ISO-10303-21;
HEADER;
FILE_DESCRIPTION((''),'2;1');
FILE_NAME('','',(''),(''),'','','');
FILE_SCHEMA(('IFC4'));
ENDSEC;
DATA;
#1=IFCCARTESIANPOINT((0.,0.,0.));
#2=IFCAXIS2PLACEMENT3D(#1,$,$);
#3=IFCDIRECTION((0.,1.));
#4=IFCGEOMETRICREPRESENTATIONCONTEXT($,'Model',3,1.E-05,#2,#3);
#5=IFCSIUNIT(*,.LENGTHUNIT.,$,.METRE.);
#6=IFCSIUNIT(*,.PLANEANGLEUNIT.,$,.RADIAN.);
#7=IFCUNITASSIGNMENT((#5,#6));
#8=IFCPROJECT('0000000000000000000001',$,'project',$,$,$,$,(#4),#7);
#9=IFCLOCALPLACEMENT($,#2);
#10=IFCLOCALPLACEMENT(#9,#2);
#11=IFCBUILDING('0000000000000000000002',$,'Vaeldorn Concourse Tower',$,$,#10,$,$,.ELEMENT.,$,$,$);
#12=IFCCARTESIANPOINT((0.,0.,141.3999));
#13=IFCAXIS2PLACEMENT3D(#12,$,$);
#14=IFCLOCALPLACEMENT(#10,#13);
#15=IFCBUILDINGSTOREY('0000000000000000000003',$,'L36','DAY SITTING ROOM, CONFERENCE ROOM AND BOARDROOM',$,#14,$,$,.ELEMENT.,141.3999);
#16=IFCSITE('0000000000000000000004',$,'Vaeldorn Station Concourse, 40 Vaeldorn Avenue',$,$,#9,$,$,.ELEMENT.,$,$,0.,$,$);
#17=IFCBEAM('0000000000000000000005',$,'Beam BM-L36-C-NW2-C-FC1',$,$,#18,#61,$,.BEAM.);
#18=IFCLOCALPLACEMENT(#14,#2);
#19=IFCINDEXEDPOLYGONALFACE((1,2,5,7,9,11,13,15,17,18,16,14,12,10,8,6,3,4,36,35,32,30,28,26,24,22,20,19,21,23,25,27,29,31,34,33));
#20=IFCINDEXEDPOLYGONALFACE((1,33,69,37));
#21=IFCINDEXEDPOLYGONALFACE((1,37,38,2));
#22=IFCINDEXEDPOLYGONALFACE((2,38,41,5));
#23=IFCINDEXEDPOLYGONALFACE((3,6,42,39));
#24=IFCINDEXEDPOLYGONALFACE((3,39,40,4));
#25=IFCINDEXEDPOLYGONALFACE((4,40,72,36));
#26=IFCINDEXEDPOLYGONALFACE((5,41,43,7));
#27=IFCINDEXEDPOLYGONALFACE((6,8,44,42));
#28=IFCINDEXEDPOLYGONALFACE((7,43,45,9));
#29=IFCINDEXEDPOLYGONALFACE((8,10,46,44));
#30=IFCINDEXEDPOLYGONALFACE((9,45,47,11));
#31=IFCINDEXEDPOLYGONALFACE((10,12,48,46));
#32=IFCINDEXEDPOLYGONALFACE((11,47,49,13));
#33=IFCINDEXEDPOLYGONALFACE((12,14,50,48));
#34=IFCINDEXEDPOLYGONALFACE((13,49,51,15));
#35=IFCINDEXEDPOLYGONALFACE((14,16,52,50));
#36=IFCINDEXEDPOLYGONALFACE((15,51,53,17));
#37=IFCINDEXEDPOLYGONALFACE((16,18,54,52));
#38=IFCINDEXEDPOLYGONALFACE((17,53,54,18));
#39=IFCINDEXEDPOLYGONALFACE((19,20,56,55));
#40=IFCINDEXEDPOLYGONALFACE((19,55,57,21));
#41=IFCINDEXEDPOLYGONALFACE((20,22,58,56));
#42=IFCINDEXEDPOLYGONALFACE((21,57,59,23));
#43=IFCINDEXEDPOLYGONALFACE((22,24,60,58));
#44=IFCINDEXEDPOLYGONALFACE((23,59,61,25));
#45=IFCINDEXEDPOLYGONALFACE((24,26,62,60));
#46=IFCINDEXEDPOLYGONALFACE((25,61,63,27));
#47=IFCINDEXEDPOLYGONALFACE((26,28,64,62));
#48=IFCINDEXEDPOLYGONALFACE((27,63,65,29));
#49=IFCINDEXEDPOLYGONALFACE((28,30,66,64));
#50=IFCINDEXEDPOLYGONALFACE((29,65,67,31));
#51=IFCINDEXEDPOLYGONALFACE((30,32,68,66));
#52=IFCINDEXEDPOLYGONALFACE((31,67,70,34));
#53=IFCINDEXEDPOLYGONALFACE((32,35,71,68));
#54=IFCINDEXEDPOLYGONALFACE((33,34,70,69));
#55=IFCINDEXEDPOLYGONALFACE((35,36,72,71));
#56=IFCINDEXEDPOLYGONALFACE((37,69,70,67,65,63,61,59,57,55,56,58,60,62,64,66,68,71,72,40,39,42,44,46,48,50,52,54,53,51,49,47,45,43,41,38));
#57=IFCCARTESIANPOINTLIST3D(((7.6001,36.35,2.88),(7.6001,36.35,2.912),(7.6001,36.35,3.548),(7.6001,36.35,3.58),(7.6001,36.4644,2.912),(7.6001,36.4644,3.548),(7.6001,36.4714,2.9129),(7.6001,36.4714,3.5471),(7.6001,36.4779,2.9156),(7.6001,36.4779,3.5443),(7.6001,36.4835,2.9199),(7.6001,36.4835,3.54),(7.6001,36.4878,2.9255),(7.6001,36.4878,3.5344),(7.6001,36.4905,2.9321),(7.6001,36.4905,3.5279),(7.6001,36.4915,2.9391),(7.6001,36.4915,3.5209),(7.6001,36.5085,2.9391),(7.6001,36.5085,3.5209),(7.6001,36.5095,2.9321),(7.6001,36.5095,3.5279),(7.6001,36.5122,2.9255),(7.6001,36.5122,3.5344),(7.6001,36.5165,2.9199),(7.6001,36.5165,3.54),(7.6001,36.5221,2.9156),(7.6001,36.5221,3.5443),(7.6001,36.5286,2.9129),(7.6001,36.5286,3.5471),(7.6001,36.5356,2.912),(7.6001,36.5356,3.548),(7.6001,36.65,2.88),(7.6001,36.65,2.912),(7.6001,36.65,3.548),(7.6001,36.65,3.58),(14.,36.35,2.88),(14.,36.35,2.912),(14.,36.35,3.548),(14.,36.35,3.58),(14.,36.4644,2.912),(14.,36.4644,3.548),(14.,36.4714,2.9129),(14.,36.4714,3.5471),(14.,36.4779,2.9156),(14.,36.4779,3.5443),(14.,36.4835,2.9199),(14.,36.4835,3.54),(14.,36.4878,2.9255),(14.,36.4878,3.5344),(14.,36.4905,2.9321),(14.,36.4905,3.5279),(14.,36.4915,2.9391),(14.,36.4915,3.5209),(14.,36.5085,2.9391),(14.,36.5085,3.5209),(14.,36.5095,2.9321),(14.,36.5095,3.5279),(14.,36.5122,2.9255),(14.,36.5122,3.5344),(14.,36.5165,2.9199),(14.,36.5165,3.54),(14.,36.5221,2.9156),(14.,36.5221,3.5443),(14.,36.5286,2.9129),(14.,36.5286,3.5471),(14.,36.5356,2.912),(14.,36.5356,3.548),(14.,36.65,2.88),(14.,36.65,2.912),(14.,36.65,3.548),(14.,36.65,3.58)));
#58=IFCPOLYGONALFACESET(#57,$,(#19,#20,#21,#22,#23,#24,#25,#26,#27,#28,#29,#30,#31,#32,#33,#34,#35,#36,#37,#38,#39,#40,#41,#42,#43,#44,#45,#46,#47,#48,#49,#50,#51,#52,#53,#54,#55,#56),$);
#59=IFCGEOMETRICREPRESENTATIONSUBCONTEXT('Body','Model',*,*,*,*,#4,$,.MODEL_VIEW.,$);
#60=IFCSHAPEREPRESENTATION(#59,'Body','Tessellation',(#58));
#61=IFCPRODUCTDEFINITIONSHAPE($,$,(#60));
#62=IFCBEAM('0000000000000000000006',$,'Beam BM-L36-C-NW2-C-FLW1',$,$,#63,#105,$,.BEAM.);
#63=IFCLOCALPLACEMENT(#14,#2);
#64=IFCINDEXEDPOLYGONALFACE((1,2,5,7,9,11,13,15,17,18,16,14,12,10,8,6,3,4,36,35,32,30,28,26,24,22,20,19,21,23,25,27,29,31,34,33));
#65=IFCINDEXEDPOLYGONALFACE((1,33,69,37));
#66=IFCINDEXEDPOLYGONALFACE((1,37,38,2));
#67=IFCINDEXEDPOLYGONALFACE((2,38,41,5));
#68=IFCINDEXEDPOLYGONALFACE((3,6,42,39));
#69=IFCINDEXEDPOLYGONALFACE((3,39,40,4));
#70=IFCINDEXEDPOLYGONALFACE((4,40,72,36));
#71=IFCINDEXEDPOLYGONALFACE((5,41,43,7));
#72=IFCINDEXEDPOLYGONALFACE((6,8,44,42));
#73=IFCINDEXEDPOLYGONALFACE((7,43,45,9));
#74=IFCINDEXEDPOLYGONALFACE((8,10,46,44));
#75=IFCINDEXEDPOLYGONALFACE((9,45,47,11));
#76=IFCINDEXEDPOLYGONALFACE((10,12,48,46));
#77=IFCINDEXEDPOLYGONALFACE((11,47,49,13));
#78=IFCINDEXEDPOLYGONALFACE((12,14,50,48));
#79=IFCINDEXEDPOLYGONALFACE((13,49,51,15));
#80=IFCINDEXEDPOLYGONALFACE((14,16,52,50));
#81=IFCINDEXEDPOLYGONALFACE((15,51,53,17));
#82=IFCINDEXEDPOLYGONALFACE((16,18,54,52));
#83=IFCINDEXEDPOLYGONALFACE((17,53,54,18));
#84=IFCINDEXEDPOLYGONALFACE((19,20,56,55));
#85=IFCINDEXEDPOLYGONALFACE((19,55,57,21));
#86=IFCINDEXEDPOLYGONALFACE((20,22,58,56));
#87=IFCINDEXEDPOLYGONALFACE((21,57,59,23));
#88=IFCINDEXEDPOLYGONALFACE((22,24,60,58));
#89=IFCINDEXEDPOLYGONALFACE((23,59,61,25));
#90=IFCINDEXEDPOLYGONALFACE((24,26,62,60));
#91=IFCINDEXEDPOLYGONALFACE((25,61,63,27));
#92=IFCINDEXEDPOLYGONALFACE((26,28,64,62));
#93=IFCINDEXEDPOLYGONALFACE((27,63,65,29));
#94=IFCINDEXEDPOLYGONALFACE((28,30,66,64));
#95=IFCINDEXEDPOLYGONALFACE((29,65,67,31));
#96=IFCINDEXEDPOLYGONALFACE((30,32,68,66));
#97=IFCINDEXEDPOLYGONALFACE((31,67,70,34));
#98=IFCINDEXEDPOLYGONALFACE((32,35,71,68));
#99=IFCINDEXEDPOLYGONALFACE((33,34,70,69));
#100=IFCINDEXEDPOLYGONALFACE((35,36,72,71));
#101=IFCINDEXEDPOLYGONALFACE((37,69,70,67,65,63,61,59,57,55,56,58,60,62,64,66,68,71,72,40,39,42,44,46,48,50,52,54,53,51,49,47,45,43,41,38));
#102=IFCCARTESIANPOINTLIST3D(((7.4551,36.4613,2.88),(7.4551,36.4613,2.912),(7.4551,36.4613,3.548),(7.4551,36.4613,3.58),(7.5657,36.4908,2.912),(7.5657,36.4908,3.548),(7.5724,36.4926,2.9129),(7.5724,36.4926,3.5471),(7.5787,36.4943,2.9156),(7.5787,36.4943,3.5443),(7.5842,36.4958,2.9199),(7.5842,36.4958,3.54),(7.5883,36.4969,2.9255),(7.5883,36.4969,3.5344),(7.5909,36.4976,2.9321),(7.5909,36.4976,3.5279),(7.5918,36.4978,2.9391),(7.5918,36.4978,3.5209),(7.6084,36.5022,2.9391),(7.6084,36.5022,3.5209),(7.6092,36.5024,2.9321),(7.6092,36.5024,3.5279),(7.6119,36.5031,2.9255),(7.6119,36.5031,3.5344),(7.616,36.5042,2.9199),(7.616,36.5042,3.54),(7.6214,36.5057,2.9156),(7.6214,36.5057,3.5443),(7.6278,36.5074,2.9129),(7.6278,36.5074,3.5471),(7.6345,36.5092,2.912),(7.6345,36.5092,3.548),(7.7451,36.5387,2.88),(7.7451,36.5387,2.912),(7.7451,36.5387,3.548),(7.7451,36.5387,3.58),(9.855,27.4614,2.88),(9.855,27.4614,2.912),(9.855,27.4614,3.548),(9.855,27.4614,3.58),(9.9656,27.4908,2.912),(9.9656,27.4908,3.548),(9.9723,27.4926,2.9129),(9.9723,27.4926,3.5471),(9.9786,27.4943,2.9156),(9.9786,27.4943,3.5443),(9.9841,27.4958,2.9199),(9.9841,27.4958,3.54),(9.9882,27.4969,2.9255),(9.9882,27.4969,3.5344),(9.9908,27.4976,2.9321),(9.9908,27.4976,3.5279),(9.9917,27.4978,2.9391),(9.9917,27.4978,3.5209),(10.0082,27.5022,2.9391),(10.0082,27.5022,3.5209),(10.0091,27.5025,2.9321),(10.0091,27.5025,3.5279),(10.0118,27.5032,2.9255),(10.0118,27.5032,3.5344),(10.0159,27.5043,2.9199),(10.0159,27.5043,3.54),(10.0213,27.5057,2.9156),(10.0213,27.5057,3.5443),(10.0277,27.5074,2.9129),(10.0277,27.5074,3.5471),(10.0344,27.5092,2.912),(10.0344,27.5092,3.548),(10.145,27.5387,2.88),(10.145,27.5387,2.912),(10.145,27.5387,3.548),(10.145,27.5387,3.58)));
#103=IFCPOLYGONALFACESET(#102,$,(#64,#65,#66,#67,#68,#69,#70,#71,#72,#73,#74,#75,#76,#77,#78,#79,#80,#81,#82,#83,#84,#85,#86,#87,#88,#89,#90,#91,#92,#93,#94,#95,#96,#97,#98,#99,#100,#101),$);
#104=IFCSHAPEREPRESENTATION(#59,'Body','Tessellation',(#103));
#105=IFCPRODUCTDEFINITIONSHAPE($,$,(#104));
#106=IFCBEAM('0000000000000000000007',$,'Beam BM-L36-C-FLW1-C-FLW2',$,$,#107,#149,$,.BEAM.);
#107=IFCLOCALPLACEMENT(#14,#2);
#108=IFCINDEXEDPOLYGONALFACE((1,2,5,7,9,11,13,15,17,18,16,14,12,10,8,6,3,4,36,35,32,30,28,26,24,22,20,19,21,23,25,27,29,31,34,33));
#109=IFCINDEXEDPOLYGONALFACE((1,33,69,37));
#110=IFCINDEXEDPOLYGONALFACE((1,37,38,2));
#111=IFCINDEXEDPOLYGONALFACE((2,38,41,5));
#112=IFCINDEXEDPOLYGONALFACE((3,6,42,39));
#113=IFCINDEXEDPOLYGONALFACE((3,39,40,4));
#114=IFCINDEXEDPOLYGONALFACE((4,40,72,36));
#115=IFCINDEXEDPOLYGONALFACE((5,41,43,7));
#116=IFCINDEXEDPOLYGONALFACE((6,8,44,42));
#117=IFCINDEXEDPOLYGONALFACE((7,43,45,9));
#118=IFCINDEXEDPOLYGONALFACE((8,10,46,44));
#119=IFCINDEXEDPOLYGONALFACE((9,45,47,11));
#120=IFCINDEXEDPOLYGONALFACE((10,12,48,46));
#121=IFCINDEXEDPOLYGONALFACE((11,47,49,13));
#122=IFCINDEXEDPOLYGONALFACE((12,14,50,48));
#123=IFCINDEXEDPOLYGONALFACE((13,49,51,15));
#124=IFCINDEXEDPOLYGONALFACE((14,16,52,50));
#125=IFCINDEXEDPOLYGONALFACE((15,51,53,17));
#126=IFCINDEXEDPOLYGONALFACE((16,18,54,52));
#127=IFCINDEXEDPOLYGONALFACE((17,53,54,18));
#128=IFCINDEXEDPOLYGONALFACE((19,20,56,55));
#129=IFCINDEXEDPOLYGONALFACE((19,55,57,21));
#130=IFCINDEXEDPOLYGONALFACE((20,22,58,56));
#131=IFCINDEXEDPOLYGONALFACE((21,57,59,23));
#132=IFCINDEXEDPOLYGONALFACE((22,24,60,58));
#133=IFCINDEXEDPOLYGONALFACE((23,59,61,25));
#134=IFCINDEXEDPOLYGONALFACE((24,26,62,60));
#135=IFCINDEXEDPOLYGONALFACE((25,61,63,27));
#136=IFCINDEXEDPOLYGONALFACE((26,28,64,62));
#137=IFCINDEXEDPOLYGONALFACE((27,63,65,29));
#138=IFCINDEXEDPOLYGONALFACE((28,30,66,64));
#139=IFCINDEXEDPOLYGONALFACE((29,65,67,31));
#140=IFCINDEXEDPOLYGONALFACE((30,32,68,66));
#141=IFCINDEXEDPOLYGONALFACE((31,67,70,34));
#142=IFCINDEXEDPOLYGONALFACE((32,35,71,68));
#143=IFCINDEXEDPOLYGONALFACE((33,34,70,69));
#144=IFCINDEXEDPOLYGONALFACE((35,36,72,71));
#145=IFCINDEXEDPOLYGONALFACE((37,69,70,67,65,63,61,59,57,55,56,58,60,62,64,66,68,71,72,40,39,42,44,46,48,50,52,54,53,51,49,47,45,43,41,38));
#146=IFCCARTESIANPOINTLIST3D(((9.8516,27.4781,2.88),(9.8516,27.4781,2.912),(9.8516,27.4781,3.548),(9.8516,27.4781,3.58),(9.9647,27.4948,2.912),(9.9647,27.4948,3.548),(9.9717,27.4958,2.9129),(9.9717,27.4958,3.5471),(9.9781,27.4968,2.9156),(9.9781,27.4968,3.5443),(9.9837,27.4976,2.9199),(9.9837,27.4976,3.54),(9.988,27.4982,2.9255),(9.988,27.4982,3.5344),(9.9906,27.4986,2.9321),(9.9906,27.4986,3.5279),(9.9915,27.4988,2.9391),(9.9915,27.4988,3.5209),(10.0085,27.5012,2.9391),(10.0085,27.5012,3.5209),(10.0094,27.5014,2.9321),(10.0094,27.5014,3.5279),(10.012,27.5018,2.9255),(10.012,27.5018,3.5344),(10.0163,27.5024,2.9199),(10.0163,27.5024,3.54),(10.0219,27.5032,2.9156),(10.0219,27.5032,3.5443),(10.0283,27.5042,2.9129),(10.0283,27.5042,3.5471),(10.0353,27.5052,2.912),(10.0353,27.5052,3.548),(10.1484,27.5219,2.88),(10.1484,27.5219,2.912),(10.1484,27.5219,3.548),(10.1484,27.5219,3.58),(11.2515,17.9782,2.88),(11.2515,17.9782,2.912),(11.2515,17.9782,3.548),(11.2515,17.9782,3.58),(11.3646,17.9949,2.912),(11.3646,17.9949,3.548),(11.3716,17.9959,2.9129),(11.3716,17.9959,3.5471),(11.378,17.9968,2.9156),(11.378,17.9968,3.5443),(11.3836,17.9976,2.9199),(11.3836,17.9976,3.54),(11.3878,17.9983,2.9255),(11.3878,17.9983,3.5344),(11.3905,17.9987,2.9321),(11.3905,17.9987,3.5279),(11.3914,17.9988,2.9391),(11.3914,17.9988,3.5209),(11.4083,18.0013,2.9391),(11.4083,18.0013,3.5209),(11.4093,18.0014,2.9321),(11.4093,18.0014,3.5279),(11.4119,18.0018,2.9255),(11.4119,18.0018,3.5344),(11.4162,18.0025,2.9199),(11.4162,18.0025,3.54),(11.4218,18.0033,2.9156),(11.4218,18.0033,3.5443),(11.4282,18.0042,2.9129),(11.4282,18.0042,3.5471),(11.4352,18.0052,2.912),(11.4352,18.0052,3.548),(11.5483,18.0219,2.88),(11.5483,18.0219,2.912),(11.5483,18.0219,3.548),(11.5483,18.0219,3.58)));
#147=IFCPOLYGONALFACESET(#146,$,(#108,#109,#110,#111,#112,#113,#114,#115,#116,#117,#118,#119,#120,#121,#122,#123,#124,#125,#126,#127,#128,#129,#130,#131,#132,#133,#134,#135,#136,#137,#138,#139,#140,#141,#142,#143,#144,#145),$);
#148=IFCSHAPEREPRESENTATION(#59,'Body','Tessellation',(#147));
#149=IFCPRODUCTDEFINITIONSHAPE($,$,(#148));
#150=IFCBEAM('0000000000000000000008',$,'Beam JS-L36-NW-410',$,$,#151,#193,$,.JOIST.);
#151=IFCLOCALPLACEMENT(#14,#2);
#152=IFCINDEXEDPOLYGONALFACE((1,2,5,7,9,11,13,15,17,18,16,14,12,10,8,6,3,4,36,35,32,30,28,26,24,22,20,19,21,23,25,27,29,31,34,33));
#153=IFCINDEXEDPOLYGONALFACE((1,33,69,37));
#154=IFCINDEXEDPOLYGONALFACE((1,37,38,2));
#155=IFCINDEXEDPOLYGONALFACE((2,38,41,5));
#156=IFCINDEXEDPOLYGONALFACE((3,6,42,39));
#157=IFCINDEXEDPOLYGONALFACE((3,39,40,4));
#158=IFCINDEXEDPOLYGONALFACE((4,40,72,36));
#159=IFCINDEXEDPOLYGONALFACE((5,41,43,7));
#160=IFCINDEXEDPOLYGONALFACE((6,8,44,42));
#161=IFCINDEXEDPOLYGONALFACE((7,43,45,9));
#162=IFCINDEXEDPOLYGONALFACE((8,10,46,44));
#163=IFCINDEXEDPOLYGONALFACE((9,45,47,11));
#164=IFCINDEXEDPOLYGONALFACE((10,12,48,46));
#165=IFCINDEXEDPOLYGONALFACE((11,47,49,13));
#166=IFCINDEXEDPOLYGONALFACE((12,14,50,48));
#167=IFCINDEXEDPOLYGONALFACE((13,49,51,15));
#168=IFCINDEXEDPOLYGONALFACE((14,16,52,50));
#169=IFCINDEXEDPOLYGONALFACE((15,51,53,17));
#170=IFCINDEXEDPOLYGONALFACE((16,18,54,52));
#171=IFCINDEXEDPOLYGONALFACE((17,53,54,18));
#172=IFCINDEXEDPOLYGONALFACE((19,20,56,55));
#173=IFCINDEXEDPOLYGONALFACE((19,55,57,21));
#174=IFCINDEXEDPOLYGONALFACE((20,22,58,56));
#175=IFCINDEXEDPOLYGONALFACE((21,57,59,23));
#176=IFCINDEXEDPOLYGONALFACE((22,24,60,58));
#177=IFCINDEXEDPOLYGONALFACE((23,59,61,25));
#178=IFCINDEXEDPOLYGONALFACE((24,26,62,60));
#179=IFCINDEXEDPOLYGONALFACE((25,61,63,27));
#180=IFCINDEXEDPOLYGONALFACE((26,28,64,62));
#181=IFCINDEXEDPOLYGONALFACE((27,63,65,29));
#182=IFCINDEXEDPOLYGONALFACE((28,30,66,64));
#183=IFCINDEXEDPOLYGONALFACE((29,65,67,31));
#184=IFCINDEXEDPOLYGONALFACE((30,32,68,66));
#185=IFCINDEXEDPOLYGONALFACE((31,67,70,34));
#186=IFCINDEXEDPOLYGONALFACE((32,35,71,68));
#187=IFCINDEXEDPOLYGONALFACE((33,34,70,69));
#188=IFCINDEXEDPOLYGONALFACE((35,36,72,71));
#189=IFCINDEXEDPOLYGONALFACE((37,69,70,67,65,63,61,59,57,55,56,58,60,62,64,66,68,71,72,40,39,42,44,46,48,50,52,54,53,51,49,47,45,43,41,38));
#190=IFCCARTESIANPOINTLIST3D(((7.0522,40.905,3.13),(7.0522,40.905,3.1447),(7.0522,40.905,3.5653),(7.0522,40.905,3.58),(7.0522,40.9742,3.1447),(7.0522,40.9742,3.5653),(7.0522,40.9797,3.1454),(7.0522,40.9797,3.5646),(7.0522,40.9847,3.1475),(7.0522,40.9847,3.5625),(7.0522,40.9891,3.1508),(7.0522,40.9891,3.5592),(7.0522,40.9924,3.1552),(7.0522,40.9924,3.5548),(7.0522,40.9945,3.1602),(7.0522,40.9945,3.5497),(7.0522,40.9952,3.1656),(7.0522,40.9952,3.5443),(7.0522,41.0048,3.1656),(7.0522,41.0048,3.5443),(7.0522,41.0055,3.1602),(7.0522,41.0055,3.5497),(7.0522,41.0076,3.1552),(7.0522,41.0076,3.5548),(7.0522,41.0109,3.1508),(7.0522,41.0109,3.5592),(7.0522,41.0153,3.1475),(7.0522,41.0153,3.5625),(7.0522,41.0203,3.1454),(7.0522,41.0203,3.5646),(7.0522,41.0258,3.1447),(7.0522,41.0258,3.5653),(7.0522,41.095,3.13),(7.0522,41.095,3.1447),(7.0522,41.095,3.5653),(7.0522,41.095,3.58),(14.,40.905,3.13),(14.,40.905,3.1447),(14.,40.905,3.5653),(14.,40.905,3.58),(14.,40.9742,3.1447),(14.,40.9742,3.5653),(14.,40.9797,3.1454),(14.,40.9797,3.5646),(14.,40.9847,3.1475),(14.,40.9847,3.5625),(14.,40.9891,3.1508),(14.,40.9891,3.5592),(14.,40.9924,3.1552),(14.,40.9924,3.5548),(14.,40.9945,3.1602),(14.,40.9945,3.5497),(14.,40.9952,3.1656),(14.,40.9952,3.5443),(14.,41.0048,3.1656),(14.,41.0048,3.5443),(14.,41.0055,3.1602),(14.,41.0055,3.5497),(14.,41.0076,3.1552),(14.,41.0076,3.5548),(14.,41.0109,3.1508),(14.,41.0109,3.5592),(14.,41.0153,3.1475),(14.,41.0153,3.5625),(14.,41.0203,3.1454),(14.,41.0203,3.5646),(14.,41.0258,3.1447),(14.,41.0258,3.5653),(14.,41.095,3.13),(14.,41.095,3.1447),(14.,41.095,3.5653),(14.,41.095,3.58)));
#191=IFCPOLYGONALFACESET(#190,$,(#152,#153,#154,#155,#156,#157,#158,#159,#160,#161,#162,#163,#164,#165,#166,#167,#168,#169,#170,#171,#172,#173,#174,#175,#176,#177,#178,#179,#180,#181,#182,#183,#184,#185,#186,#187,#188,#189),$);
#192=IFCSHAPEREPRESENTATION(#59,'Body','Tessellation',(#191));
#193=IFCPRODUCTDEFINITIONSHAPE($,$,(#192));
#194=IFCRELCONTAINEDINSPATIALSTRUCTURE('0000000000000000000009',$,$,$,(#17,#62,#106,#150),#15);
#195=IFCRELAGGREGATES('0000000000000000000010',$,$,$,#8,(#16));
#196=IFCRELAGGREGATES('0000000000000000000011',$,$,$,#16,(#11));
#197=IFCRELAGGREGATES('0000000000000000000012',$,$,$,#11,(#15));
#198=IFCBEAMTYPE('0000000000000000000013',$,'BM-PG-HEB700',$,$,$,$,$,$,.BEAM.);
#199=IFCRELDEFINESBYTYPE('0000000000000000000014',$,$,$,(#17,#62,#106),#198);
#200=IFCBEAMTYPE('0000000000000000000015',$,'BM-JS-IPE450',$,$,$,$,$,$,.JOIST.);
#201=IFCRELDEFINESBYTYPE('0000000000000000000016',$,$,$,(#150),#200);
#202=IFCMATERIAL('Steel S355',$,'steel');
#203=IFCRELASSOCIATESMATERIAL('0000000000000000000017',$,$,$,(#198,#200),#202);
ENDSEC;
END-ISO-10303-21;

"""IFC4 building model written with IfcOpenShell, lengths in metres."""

from ifc_helpers import new_model, si_unit, direction, frame, origin, origin_2d, place, context, subcontext, project, spatial, i_section, extrude, source, transform, mapped, material, material_profile, profile_set, type_object, element, save


model = new_model("IFC4")

# Units and contexts
model_context = context("Model", 3, precision=1e-05, world=origin(), true_north=direction((0.0, 1.0)))
body_context = subcontext(model_context, "Body", "Model", "MODEL_VIEW")
ifc_project = project(units=[si_unit("LENGTHUNIT", "METRE"), si_unit("PLANEANGLEUNIT", "RADIAN")], contexts=[model_context])

# Site, building, storey
site_placement = place(None, origin())
site = spatial("IfcSite", under=ifc_project, at=site_placement, Name="Vaeldorn Station Concourse, 40 Vaeldorn Avenue", CompositionType="ELEMENT", RefElevation=0.0)
building_placement = place(site_placement, origin())
building = spatial("IfcBuilding", under=site, at=building_placement, Name="Vaeldorn Concourse Tower", CompositionType="ELEMENT")
storey_placement = place(building_placement, frame((0.0, 0.0, 141.3999)))
storey = spatial("IfcBuildingStorey", under=building, at=storey_placement, Name="L36", Description="DAY SITTING ROOM, CONFERENCE ROOM AND BOARDROOM", CompositionType="ELEMENT", Elevation=141.3999)

# Beams
ifc_material_1 = material(Name="Steel S355", Category="steel")
ifc_material_profile_1 = material_profile(ifc_material_1, i_section(OverallWidth=0.3, OverallDepth=0.7, WebThickness=0.0171, FlangeThickness=0.032, FilletRadius=0.0271, at=origin_2d()), Name="HEB 700")
ifc_profile_set_1 = profile_set([ifc_material_profile_1], Name="Steel S355")
beam_type_1 = type_object("IfcBeamType", Name="BM-PG-HEB700", PredefinedType="BEAM", material=ifc_profile_set_1)
shared_shape_1 = source(origin(), body_context, "Body", "SweptSolid", [
    extrude(i_section(OverallWidth=0.3, OverallDepth=0.7, WebThickness=0.0171, FlangeThickness=0.032, FilletRadius=0.0271, at=origin_2d()), origin(), (0.0, 0.0, 1.0), 6.3999),
])
beam_1_placement = place(storey_placement, frame((7.6001, 36.5, 3.23), z_axis=(1.0, 0.0, 0.0), x_axis=(0.0, 1.0, 0.0)))
element("IfcBeam", 1, at=beam_1_placement, inside=storey, type_object=beam_type_1, Name="Beam BM-L36-C-NW2-C-FC1", PredefinedType="BEAM", context=body_context, shape_type="MappedRepresentation", body=[
    mapped(shared_shape_1, transform((0.0, 0.0, 0.0), scale=1.0)),
])
shared_shape_2 = source(origin(), body_context, "Body", "SweptSolid", [
    extrude(i_section(OverallWidth=0.3, OverallDepth=0.7, WebThickness=0.0171, FlangeThickness=0.032, FilletRadius=0.0271, at=origin_2d()), origin(), (0.0, 0.0, 1.0), 9.3145),
])
beam_2_placement = place(storey_placement, frame((7.6001, 36.5, 3.23), z_axis=(0.257653, -0.966238, 0.0), x_axis=(0.966238, 0.257653, 0.0)))
element("IfcBeam", 2, at=beam_2_placement, inside=storey, type_object=beam_type_1, Name="Beam BM-L36-C-NW2-C-FLW1", PredefinedType="BEAM", context=body_context, shape_type="MappedRepresentation", body=[
    mapped(shared_shape_2, transform((0.0, 0.0, 0.0), scale=1.0)),
])
shared_shape_3 = source(origin(), body_context, "Body", "SweptSolid", [
    extrude(i_section(OverallWidth=0.3, OverallDepth=0.7, WebThickness=0.0171, FlangeThickness=0.032, FilletRadius=0.0271, at=origin_2d()), origin(), (0.0, 0.0, 1.0), 9.6025),
])
beam_3_placement = place(storey_placement, frame((10.0, 27.5, 3.23), z_axis=(0.145784, -0.989316, 0.0), x_axis=(0.989316, 0.145784, 0.0)))
element("IfcBeam", 3, at=beam_3_placement, inside=storey, type_object=beam_type_1, Name="Beam BM-L36-C-FLW1-C-FLW2", PredefinedType="BEAM", context=body_context, shape_type="MappedRepresentation", body=[
    mapped(shared_shape_3, transform((0.0, 0.0, 0.0), scale=1.0)),
])
ifc_material_profile_2 = material_profile(ifc_material_1, i_section(OverallWidth=0.1899, OverallDepth=0.45, WebThickness=0.0095, FlangeThickness=0.0146, FilletRadius=0.021, at=origin_2d()), Name="IPE 450")
ifc_profile_set_2 = profile_set([ifc_material_profile_2], Name="Steel S355")
beam_type_2 = type_object("IfcBeamType", Name="BM-JS-IPE450", PredefinedType="JOIST", material=ifc_profile_set_2)
shared_shape_4 = source(origin(), body_context, "Body", "SweptSolid", [
    extrude(i_section(OverallWidth=0.1899, OverallDepth=0.45, WebThickness=0.0095, FlangeThickness=0.0146, FilletRadius=0.021, at=origin_2d()), origin(), (0.0, 0.0, 1.0), 6.9478),
])
beam_4_placement = place(storey_placement, frame((7.0522, 41.0, 3.355), z_axis=(1.0, 0.0, 0.0), x_axis=(0.0, 1.0, 0.0)))
element("IfcBeam", 4, at=beam_4_placement, inside=storey, type_object=beam_type_2, Name="Beam JS-L36-NW-410", PredefinedType="JOIST", context=body_context, shape_type="MappedRepresentation", body=[
    mapped(shared_shape_4, transform((0.0, 0.0, 0.0), scale=1.0)),
])

save(model, "model.ifc")
